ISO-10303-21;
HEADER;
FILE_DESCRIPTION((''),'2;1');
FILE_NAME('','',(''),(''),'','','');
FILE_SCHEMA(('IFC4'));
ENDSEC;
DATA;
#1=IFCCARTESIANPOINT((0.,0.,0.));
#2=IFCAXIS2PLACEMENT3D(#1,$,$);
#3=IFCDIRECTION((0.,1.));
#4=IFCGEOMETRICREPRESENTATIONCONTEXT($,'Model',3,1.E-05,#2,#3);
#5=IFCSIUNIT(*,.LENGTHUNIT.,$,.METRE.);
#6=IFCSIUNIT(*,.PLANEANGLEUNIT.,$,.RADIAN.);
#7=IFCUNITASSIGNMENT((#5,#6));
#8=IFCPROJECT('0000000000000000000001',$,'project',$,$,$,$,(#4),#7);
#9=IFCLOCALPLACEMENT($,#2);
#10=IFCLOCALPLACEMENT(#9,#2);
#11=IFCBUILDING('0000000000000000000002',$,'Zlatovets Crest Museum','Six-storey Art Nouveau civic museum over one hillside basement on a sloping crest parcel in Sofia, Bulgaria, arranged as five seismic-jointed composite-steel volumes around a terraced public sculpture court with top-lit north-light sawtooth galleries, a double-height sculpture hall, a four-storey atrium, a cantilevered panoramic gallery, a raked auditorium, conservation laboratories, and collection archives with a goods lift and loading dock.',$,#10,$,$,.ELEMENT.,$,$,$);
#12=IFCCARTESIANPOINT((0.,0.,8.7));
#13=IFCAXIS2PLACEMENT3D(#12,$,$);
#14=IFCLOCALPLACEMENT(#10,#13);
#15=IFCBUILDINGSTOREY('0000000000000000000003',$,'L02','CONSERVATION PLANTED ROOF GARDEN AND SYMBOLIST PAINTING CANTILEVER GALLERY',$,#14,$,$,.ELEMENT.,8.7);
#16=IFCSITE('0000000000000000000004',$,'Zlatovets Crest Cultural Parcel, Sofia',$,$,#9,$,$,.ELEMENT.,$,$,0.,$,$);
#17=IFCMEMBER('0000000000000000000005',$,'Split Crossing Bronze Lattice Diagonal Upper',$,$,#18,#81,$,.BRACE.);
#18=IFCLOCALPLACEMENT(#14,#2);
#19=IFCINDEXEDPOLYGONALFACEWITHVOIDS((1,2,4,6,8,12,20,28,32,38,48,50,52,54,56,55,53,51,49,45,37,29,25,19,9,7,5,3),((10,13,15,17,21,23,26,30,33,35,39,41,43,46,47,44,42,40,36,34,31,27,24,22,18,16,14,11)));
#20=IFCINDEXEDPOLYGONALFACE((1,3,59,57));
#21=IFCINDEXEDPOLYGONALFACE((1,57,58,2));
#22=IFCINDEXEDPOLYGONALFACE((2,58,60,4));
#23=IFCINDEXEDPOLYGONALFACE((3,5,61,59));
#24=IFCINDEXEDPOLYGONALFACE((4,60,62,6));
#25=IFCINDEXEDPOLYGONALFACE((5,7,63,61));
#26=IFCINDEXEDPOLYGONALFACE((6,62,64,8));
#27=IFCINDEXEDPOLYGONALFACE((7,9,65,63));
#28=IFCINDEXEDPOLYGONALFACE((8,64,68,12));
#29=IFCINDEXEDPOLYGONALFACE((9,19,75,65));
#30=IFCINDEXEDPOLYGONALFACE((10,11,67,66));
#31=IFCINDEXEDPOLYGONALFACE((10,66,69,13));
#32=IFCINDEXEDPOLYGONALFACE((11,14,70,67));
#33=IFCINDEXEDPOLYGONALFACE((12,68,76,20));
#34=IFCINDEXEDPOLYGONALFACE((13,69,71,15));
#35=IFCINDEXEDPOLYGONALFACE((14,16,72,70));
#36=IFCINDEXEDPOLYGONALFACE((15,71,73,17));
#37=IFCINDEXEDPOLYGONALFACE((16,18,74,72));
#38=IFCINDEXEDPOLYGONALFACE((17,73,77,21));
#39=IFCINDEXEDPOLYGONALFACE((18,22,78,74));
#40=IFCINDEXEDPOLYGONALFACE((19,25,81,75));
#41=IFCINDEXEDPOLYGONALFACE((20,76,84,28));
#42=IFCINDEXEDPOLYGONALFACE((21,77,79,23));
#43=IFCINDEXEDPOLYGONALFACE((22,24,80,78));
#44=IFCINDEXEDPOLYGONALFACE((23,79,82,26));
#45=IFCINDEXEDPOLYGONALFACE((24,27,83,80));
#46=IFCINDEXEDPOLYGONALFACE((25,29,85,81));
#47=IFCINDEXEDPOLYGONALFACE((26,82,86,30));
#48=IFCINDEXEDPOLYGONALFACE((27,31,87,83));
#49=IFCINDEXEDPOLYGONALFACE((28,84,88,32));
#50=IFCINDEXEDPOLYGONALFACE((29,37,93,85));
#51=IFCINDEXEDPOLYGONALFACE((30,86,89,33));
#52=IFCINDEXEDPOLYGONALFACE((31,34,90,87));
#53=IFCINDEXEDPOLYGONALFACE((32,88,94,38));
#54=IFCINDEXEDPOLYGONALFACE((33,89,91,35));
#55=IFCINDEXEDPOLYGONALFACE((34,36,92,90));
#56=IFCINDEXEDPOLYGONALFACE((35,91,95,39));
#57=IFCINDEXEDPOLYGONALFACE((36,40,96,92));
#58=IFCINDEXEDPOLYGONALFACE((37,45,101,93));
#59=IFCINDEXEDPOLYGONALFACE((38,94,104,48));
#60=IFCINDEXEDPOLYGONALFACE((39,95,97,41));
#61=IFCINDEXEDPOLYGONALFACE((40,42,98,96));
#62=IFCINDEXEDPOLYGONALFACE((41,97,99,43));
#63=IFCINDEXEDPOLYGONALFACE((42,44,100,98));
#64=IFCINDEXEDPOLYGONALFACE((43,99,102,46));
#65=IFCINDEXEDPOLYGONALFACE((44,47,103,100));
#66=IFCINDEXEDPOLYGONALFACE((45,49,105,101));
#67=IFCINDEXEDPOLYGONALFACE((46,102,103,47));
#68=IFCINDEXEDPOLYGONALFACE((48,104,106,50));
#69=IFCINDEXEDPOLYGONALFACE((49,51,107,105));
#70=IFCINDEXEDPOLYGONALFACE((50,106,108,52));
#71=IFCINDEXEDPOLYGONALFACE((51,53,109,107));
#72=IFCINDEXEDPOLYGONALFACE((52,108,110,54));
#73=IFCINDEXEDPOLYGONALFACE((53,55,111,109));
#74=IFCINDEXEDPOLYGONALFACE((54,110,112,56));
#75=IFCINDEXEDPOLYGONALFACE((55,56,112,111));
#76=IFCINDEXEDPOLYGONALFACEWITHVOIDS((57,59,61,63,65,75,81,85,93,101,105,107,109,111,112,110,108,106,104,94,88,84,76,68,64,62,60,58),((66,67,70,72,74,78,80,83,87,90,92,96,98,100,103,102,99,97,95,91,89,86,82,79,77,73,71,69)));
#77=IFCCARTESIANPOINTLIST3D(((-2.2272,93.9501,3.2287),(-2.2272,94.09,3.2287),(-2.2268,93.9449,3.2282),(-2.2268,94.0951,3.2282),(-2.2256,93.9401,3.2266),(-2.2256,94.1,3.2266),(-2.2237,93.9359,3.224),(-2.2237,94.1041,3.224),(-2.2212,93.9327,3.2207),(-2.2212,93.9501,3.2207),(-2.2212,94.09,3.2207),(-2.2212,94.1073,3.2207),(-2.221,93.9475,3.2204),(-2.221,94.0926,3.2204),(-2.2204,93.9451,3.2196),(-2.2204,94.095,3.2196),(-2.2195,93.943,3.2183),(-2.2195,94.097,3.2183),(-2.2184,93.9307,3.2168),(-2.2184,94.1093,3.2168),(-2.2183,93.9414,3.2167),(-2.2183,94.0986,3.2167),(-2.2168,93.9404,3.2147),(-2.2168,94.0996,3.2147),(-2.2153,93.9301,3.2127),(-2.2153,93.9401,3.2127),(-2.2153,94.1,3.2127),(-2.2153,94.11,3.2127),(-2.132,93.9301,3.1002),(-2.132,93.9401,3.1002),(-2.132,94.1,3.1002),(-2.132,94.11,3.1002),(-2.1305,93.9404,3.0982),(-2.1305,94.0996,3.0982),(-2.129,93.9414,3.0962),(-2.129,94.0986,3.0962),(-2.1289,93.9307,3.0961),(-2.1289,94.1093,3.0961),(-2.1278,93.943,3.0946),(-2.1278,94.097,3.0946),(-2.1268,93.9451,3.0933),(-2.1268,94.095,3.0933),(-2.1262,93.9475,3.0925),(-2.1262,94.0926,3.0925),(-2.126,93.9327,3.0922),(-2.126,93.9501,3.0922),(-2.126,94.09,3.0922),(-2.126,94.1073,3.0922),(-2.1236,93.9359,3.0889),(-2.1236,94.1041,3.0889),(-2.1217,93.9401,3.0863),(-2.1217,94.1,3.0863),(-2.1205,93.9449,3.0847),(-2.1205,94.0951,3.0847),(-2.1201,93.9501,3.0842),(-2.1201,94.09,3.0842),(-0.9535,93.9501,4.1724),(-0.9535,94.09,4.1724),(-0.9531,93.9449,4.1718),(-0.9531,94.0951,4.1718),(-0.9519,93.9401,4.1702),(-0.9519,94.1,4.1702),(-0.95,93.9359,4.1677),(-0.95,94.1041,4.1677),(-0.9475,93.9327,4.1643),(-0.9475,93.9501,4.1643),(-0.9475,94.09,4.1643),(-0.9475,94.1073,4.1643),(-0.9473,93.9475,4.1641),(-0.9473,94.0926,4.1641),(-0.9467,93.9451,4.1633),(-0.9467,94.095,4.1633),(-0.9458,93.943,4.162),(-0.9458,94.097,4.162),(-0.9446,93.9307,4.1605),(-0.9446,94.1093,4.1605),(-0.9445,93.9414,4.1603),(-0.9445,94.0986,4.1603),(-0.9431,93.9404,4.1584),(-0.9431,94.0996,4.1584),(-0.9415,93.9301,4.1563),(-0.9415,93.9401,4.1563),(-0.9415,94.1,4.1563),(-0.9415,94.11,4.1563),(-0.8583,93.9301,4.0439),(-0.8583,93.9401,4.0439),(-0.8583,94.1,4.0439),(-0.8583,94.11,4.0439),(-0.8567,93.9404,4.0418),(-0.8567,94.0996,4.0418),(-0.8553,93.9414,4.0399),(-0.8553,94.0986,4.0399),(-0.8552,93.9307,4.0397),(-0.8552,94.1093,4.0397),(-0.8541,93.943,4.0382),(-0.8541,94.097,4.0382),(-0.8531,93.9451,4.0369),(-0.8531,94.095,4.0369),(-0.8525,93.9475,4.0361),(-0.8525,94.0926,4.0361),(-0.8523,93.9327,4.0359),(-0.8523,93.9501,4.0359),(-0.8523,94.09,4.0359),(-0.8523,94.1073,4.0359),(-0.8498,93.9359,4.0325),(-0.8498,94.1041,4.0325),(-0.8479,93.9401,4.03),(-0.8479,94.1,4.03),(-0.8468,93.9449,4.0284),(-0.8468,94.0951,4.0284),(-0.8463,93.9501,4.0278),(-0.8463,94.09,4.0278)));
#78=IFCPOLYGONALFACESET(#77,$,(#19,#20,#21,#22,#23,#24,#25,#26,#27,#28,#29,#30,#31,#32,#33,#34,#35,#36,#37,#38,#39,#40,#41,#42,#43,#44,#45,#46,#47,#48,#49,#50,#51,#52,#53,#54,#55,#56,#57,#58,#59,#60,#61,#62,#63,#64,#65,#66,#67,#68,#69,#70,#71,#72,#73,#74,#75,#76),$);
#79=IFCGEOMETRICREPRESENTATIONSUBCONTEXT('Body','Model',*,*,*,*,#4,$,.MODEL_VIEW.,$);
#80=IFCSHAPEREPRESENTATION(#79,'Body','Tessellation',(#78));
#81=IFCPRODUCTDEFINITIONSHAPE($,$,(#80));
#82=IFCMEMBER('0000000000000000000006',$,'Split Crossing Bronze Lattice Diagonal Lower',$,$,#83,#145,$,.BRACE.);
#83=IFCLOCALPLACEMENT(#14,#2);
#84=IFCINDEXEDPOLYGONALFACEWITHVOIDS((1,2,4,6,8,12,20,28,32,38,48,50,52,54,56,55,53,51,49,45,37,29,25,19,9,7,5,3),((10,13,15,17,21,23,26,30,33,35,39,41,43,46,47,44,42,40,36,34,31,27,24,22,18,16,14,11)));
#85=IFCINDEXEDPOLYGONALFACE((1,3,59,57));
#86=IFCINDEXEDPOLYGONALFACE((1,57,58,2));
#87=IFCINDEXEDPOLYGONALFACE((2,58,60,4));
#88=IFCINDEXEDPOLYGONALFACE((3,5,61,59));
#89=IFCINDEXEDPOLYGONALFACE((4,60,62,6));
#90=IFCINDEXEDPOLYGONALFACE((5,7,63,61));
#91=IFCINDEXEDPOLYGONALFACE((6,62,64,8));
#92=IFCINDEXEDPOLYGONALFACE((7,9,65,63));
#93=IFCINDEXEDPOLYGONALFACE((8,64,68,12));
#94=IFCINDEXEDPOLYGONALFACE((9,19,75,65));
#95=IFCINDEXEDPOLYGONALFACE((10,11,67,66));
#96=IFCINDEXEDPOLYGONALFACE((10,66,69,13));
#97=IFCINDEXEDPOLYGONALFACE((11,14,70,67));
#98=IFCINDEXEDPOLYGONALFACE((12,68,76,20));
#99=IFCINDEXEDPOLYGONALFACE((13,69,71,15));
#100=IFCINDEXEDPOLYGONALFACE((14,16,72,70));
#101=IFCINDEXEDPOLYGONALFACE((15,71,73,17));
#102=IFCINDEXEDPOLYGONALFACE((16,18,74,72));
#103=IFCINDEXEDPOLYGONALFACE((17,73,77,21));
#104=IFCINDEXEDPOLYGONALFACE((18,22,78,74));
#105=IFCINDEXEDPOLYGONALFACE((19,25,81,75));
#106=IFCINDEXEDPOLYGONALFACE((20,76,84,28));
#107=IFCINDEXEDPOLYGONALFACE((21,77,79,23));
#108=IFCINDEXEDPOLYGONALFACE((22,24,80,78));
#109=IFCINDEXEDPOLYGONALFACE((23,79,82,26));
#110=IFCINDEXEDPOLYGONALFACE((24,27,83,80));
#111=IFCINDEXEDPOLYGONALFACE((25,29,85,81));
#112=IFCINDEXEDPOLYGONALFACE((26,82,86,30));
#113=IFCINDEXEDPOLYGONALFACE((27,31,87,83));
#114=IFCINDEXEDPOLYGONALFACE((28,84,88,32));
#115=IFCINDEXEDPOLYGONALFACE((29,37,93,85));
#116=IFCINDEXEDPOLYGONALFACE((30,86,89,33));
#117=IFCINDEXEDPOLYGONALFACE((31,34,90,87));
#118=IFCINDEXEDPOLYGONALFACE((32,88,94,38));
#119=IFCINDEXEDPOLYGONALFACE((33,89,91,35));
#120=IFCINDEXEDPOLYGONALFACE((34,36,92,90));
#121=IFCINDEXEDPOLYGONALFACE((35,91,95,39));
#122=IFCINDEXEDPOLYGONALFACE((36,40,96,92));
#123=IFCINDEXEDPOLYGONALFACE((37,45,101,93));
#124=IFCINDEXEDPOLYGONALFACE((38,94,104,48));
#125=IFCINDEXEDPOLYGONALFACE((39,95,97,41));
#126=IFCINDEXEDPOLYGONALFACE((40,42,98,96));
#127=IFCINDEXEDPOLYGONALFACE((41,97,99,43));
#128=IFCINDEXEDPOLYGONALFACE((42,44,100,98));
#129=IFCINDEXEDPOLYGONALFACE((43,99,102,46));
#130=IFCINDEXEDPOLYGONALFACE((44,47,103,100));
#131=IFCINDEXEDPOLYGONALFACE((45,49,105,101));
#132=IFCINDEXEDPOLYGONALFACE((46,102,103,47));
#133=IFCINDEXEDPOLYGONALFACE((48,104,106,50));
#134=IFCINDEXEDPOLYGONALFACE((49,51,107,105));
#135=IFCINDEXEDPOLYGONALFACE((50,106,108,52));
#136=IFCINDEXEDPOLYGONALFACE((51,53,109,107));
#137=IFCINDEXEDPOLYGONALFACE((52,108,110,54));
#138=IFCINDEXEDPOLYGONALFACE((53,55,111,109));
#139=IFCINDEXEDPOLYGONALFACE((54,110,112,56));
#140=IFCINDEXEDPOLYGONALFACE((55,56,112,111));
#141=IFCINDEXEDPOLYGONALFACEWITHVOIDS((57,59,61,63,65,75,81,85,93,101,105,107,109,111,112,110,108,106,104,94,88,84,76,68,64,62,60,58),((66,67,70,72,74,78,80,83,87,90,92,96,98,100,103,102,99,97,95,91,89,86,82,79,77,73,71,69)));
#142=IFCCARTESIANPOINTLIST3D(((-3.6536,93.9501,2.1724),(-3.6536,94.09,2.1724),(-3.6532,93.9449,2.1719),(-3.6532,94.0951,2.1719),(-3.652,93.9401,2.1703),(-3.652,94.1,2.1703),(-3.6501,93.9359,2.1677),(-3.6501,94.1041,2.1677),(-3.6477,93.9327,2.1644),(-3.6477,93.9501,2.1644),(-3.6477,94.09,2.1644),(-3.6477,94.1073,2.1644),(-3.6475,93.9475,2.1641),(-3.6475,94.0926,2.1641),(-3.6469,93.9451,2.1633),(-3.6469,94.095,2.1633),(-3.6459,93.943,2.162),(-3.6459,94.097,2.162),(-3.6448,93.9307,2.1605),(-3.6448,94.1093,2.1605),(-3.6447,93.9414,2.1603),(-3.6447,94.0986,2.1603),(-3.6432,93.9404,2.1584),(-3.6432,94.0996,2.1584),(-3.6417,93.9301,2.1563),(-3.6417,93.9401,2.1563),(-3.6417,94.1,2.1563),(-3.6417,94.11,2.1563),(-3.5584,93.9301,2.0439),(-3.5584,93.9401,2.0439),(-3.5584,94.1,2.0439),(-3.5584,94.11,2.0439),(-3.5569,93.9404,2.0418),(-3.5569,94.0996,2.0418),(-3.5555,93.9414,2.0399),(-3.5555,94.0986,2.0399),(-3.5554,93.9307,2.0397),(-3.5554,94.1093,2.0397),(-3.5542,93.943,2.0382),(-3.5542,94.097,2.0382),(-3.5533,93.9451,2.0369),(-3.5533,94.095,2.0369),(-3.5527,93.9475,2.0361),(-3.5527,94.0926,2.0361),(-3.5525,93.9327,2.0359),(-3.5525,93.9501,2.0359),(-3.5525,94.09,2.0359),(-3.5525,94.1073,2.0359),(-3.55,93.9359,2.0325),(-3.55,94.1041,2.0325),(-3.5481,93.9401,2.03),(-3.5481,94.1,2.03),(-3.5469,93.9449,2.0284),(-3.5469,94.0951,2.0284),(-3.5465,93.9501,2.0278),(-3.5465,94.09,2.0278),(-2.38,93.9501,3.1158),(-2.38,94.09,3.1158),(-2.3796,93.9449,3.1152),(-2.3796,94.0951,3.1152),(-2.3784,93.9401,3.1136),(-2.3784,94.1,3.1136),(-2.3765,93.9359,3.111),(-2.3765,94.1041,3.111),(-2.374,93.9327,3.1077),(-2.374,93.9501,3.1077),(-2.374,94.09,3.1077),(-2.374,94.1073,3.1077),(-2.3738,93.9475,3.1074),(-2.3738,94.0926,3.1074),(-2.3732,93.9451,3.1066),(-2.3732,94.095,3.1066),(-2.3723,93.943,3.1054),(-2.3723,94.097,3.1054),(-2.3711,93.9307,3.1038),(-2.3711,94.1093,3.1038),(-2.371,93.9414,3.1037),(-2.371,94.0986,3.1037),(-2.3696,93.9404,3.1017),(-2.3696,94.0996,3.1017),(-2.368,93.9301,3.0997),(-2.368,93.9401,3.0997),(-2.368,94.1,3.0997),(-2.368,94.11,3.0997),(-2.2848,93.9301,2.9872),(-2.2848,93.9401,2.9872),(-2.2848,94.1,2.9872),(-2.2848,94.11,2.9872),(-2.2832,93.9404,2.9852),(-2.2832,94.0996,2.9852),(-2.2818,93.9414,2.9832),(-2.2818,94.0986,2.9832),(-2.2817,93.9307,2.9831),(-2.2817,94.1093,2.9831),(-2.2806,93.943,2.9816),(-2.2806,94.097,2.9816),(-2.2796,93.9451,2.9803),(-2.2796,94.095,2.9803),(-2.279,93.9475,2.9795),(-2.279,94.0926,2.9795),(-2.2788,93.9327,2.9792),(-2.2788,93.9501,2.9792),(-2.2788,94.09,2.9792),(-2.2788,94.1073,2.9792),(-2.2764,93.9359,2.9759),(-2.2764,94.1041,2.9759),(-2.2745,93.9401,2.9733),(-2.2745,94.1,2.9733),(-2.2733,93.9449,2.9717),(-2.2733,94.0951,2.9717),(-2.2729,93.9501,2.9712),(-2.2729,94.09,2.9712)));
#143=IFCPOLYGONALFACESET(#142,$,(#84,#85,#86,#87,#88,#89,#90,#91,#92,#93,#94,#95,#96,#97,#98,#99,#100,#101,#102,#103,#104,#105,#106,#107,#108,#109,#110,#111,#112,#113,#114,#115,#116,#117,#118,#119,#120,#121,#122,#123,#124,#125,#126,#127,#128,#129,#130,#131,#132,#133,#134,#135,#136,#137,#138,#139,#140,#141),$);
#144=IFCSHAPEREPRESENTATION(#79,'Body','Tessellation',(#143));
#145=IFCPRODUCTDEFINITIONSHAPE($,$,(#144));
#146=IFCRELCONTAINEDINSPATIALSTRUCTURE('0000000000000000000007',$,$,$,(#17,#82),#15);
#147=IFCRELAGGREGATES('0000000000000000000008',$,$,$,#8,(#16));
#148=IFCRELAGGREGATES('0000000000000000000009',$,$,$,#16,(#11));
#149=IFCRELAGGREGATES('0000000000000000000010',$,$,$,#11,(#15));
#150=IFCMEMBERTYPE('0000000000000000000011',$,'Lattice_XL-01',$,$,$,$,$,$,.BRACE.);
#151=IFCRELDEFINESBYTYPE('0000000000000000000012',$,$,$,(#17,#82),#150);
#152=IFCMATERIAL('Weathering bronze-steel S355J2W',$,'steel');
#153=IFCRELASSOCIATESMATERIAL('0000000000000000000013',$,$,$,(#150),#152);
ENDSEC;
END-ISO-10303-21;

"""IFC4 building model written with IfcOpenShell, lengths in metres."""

from ifc_helpers import new_model, si_unit, direction, frame, origin, origin_2d, place, context, subcontext, project, spatial, hollow_rectangle, extrude, material, material_profile, profile_set, type_object, element, save


model = new_model("IFC4")

# Units and contexts
model_context = context("Model", 3, precision=1e-05, world=origin(), true_north=direction((0.0, 1.0)))
body_context = subcontext(model_context, "Body", "Model", "MODEL_VIEW")
ifc_project = project(units=[si_unit("LENGTHUNIT", "METRE"), si_unit("PLANEANGLEUNIT", "RADIAN")], contexts=[model_context])

# Site, building, storey
site_placement = place(None, origin())
site = spatial("IfcSite", under=ifc_project, at=site_placement, Name="Zlatovets Crest Cultural Parcel, Sofia", CompositionType="ELEMENT", RefElevation=0.0)
building_placement = place(site_placement, origin())
building = spatial("IfcBuilding", under=site, at=building_placement, Name="Zlatovets Crest Museum", Description="Six-storey Art Nouveau civic museum over one hillside basement on a sloping crest parcel in Sofia, Bulgaria, arranged as five seismic-jointed composite-steel volumes around a terraced public sculpture court with top-lit north-light sawtooth galleries, a double-height sculpture hall, a four-storey atrium, a cantilevered panoramic gallery, a raked auditorium, conservation laboratories, and collection archives with a goods lift and loading dock.", CompositionType="ELEMENT")
storey_placement = place(building_placement, frame((0.0, 0.0, 8.7)))
storey = spatial("IfcBuildingStorey", under=building, at=storey_placement, Name="L02", Description="CONSERVATION PLANTED ROOF GARDEN AND SYMBOLIST PAINTING CANTILEVER GALLERY", CompositionType="ELEMENT", Elevation=8.7)

# Members
ifc_material_1 = material(Name="Weathering bronze-steel S355J2W", Category="steel")
ifc_material_profile_1 = material_profile(ifc_material_1, hollow_rectangle(XDim=0.1799, YDim=0.1799, WallThickness=0.01, InnerFilletRadius=0.01, OuterFilletRadius=0.02, at=origin_2d()), Name="SHS 180x180x10.0")
ifc_profile_set_1 = profile_set([ifc_material_profile_1], Name="Weathering bronze-steel S355J2W")
member_type_1 = type_object("IfcMemberType", Name="Lattice_XL-01", PredefinedType="BRACE", material=ifc_profile_set_1)
member_1_placement = place(storey_placement, frame((-0.8999, 94.02, 4.1001), z_axis=(-0.803516, 0.0, -0.595283), x_axis=(0.0, -1.0, 0.0)))
element("IfcMember", 1, at=member_1_placement, inside=storey, type_object=member_type_1, Name="Split Crossing Bronze Lattice Diagonal Upper", PredefinedType="BRACE", context=body_context, shape_type="SweptSolid", body=[
    extrude(hollow_rectangle(XDim=0.1799, YDim=0.1799, WallThickness=0.01, InnerFilletRadius=0.01, OuterFilletRadius=0.02, at=origin_2d()), origin(), (0.0, 0.0, 1.0), 1.5852),
])
member_2_placement = place(storey_placement, frame((-2.3264, 94.02, 3.0435), z_axis=(-0.80359, 0.0, -0.595183), x_axis=(0.0, -1.0, 0.0)))
element("IfcMember", 2, at=member_2_placement, inside=storey, type_object=member_type_1, Name="Split Crossing Bronze Lattice Diagonal Lower", PredefinedType="BRACE", context=body_context, shape_type="SweptSolid", body=[
    extrude(hollow_rectangle(XDim=0.1799, YDim=0.1799, WallThickness=0.01, InnerFilletRadius=0.01, OuterFilletRadius=0.02, at=origin_2d()), origin(), (0.0, 0.0, 1.0), 1.585),
])

save(model, "model.ifc")
